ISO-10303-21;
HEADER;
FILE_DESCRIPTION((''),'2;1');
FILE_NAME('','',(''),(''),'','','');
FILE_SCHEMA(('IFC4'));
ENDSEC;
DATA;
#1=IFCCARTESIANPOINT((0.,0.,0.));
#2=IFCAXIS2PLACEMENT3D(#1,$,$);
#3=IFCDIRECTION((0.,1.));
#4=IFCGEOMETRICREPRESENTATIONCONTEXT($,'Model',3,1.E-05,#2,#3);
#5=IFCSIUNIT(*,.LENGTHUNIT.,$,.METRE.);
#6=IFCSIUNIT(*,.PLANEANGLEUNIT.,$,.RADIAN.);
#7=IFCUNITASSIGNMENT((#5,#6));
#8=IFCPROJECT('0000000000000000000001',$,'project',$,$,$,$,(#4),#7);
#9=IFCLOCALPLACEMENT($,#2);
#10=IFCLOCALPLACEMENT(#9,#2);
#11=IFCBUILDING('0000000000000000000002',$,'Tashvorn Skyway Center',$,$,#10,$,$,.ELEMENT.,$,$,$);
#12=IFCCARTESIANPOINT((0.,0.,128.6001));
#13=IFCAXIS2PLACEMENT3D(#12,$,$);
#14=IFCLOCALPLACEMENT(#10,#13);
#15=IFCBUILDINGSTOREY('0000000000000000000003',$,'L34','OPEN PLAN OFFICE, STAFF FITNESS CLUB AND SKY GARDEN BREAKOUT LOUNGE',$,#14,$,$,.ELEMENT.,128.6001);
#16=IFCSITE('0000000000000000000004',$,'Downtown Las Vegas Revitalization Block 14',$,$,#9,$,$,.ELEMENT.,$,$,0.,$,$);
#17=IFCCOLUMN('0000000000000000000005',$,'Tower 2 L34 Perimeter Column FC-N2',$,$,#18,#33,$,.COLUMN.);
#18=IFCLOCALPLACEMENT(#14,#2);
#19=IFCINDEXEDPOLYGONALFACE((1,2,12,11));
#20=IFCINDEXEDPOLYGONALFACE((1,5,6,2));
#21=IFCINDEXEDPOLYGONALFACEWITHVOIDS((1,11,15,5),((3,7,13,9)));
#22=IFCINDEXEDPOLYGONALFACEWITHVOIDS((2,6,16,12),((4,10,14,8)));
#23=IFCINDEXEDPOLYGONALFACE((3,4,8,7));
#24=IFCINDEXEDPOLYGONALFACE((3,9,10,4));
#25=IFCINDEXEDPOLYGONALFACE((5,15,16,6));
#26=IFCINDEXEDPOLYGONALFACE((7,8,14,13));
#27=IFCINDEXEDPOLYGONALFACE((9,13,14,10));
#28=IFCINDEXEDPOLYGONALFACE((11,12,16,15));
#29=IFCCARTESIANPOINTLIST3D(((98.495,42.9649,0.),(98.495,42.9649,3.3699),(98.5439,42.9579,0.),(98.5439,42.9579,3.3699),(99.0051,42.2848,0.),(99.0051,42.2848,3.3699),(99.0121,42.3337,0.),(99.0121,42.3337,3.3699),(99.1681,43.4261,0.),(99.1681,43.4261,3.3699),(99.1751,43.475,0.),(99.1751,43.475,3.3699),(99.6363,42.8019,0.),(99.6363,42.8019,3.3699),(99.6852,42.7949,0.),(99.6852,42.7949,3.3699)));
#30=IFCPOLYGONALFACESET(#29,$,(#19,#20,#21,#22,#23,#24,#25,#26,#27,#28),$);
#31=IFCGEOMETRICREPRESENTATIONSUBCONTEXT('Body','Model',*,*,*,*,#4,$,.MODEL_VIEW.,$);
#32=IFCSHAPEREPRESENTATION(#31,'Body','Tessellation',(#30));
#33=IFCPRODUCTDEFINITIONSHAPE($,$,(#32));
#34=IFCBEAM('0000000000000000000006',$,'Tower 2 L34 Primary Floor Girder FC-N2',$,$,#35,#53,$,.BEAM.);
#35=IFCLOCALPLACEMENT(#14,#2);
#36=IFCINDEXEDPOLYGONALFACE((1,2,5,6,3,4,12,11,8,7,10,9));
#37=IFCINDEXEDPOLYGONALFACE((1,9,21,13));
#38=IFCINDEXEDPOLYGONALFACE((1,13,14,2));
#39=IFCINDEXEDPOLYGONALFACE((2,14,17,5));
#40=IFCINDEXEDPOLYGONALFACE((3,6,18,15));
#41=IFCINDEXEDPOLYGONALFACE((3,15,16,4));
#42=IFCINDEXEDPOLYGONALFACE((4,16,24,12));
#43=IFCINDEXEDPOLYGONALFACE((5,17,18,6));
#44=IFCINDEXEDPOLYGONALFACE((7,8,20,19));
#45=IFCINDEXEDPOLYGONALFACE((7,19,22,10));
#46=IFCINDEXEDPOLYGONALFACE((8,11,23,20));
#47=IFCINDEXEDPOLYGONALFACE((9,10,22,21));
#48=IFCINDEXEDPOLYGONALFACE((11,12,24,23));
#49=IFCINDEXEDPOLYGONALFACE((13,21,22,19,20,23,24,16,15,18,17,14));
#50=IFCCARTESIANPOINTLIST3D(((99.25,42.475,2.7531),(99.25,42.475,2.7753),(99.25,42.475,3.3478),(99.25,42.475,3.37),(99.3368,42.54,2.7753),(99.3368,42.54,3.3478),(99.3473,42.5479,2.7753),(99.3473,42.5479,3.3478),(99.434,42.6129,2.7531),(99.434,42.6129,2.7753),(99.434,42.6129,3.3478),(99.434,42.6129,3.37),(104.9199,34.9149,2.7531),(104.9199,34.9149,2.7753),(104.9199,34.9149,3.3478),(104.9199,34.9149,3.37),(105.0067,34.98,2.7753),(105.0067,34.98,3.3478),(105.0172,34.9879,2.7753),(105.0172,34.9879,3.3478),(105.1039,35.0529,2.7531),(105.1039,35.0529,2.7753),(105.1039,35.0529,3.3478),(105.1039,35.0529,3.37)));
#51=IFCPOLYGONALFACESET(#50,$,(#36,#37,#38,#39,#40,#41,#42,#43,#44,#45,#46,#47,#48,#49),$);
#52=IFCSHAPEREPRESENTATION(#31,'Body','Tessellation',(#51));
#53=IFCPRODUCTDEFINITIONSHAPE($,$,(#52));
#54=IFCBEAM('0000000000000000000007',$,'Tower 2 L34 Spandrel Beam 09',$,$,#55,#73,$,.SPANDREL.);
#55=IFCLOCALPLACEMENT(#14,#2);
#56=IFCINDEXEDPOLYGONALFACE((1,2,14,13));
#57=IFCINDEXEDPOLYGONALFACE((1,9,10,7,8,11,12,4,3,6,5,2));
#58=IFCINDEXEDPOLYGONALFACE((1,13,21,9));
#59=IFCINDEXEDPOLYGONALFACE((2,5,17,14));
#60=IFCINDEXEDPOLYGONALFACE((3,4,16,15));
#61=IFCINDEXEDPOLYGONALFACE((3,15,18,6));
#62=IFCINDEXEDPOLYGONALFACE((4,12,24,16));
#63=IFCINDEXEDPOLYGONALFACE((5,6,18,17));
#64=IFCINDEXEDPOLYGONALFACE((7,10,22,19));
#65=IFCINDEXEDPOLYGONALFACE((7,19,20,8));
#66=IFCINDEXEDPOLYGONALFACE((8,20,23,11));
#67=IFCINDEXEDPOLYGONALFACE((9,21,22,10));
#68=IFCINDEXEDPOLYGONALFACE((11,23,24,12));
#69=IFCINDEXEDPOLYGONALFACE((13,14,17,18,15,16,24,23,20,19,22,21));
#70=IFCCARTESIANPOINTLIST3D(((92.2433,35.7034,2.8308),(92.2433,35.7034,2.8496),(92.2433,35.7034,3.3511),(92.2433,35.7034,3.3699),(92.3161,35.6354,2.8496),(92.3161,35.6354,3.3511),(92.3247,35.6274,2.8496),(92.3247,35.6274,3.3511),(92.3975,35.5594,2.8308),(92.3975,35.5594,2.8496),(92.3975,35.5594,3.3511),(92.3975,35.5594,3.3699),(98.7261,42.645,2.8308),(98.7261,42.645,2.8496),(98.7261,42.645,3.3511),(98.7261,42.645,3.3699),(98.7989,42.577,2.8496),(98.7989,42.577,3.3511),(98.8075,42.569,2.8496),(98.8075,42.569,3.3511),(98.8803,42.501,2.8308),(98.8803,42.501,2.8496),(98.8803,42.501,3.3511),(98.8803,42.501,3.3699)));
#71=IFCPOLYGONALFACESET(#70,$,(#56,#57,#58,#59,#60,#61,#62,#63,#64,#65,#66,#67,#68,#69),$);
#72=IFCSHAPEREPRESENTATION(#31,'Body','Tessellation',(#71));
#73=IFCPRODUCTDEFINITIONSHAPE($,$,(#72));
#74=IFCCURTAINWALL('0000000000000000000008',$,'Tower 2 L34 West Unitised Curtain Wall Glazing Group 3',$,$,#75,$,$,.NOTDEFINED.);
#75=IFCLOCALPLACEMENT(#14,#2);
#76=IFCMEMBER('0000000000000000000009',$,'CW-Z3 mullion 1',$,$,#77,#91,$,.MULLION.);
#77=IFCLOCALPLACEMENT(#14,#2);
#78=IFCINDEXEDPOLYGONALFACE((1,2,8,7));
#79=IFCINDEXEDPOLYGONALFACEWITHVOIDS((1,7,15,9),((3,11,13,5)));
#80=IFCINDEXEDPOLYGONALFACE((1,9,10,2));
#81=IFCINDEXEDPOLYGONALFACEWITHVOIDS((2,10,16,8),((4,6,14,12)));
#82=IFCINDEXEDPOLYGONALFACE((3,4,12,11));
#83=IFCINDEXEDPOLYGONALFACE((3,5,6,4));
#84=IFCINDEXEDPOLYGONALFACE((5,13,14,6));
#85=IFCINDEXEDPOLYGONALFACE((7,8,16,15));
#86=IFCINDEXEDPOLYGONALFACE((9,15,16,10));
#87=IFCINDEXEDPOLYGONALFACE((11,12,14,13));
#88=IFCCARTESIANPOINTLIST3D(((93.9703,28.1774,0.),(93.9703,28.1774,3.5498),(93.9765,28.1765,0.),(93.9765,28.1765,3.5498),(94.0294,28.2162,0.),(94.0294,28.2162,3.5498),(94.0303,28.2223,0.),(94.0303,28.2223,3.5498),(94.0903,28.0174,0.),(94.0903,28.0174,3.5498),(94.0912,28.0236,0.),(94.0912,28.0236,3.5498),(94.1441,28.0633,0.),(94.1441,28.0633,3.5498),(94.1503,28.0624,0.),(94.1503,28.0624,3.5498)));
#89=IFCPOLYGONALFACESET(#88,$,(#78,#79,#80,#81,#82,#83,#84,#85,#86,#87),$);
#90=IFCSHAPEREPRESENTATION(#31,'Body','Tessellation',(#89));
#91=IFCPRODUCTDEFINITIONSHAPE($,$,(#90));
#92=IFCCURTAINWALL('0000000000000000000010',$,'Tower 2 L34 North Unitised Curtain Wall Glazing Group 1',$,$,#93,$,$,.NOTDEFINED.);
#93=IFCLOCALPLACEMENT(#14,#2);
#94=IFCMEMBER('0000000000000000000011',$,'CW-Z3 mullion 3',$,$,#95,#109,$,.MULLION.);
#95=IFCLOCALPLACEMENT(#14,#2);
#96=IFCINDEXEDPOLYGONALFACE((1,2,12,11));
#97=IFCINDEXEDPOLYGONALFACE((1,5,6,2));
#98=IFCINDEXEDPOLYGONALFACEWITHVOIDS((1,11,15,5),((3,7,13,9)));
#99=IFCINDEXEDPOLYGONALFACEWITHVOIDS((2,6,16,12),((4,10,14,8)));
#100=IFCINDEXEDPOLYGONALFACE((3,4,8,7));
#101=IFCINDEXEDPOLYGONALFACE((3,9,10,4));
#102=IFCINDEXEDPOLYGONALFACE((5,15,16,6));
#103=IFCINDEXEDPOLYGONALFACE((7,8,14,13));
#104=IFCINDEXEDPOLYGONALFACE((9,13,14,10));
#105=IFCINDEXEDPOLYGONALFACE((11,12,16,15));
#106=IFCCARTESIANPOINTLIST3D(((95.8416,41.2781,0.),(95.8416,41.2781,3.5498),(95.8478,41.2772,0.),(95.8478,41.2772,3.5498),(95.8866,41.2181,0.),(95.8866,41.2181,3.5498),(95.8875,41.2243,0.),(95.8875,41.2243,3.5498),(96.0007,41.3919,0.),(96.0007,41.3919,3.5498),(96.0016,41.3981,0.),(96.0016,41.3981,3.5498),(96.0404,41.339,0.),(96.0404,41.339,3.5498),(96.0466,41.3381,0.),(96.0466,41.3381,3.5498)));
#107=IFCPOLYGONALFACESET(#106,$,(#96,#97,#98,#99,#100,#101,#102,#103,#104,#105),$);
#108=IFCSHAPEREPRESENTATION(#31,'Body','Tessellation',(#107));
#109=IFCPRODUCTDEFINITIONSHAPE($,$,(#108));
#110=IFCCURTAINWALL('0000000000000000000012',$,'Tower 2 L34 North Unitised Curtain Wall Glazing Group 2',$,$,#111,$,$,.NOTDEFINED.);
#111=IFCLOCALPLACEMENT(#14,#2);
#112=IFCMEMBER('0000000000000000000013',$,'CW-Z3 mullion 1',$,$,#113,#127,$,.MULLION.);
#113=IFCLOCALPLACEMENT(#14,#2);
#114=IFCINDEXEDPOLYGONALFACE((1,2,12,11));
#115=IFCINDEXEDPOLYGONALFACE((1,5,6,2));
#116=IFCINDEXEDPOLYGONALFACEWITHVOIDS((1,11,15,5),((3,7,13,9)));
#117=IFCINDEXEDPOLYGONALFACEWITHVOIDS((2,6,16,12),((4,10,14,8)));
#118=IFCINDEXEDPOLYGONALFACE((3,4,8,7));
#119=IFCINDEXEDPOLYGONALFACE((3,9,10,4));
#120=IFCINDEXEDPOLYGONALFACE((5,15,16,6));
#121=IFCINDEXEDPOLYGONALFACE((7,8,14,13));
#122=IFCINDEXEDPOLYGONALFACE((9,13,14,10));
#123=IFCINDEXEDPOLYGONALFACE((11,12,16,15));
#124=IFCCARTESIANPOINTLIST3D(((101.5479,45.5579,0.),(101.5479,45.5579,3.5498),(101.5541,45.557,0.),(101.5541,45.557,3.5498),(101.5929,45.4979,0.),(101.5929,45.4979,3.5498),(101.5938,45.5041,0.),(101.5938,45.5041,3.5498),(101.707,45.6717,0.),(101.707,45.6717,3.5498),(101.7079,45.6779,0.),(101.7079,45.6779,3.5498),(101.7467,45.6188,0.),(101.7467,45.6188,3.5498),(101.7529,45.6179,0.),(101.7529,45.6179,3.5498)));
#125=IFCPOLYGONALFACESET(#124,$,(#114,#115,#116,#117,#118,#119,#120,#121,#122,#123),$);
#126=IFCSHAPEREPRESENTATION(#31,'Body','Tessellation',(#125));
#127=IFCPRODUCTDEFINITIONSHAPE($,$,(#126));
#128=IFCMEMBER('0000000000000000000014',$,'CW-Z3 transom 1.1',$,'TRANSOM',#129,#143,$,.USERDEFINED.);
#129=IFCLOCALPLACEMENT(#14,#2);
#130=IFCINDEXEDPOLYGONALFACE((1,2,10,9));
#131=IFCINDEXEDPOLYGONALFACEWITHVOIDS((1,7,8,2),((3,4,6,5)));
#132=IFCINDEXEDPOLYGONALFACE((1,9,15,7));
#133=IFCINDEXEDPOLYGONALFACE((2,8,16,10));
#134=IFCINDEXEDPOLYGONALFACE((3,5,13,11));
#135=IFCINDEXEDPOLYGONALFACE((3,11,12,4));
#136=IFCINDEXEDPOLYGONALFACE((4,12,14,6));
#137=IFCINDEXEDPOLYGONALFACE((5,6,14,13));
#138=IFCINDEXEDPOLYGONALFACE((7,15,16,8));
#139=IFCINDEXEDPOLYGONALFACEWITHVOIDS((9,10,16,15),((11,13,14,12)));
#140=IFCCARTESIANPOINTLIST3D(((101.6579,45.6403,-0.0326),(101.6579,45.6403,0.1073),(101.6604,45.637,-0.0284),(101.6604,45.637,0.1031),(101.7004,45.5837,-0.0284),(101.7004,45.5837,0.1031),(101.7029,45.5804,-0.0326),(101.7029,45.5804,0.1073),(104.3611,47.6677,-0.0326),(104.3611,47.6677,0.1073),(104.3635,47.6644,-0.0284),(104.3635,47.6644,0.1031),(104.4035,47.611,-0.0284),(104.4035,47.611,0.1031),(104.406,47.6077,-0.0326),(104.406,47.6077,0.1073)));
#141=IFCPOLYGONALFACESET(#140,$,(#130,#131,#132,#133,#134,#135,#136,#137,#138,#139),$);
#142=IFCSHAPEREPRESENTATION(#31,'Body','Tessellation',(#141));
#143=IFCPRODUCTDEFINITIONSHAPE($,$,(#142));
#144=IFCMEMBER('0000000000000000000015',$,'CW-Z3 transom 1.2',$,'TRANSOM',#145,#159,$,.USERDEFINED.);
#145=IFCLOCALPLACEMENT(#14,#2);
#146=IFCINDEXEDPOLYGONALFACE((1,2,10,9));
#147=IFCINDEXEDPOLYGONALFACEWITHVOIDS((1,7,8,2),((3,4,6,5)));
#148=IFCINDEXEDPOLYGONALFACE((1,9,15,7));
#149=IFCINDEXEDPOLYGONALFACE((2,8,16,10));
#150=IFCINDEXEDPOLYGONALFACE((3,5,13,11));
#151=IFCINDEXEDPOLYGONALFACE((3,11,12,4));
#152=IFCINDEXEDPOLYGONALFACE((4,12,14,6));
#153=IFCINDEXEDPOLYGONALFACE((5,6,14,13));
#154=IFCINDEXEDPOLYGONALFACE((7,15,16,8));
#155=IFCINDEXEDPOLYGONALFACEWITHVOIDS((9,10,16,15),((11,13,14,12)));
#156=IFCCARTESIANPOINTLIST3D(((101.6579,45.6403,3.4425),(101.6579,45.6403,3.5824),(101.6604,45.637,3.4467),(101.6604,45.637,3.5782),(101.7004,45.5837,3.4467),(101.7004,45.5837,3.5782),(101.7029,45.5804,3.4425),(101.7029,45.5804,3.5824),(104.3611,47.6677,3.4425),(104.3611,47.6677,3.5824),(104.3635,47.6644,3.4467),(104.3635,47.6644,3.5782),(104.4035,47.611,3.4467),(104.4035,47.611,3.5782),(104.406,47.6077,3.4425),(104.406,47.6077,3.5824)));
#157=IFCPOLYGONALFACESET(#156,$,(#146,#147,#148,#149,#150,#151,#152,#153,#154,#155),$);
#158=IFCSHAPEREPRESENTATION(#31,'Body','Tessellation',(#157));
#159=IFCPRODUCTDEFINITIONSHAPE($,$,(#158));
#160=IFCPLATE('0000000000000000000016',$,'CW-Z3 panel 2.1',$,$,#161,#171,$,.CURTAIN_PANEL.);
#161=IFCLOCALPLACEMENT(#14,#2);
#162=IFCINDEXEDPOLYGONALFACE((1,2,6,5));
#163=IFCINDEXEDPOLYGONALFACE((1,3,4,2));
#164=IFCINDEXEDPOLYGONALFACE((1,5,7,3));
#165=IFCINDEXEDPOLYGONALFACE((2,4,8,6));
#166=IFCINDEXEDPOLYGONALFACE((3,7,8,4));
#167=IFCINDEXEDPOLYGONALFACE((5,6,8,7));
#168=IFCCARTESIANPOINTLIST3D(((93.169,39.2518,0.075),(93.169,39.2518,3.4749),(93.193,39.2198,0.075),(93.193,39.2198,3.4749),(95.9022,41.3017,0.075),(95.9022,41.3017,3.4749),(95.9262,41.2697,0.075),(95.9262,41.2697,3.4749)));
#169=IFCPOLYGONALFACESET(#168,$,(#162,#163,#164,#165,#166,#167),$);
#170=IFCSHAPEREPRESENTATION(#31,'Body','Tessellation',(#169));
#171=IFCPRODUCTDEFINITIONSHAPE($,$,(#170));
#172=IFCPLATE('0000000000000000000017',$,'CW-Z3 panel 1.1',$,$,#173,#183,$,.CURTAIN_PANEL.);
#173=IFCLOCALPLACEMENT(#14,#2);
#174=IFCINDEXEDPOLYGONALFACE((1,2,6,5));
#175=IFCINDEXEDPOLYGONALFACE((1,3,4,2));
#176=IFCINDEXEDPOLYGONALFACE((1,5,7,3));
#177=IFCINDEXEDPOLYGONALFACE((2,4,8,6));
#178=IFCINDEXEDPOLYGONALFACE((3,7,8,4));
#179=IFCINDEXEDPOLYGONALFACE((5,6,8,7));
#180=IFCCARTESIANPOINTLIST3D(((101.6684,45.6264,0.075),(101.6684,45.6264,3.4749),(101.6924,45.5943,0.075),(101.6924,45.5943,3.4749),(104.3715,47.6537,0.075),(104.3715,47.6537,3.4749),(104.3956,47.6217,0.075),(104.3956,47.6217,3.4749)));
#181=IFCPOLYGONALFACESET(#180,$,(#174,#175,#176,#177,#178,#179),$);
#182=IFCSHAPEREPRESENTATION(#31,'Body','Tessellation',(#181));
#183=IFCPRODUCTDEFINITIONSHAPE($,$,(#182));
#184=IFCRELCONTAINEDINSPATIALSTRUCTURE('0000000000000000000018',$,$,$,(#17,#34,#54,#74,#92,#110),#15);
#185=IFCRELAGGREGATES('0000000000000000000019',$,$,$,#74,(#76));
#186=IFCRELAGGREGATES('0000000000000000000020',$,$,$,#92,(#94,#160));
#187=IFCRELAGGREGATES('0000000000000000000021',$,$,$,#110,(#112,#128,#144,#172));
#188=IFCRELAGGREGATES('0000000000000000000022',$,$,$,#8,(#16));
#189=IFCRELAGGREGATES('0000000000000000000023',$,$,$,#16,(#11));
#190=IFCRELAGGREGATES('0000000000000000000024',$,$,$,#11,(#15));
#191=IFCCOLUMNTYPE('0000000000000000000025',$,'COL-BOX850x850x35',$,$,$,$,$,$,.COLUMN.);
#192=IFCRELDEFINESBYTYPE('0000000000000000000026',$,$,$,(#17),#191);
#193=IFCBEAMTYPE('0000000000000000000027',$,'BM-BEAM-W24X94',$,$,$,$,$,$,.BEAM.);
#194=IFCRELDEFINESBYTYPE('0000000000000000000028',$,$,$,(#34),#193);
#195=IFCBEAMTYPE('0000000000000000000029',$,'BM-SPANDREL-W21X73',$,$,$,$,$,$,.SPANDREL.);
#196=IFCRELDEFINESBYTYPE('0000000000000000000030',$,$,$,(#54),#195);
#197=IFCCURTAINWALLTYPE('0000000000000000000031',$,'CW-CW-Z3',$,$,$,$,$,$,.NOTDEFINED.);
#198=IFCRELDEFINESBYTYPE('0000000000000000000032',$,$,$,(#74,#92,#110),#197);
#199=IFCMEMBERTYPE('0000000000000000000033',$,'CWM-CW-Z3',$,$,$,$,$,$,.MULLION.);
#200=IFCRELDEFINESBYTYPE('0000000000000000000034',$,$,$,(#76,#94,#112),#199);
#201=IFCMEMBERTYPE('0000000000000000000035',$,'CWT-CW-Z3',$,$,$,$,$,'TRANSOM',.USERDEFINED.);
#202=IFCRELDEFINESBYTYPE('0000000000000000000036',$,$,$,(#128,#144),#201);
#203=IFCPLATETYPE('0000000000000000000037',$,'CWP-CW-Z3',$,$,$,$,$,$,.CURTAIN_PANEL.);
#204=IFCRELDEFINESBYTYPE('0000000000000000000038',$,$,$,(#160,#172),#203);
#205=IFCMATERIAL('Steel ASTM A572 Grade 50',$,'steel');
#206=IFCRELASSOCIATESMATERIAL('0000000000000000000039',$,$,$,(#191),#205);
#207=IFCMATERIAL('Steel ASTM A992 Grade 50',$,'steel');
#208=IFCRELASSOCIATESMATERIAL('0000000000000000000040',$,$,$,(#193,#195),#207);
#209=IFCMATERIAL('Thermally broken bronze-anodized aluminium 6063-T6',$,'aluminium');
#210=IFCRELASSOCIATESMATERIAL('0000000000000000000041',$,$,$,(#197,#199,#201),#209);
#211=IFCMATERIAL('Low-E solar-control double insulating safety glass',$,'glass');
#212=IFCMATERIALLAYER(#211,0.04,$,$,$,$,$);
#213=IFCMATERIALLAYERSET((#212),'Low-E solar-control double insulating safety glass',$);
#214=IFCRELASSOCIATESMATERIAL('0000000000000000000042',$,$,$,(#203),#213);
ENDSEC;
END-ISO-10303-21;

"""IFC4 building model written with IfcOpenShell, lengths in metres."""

from ifc_helpers import new_model, si_unit, direction, frame, origin, origin_2d, place, context, subcontext, project, spatial, rectangle, hollow_rectangle, i_section, extrude, material, layer, layer_set, material_profile, profile_set, type_object, element, aggregate, save


model = new_model("IFC4")

# Units and contexts
model_context = context("Model", 3, precision=1e-05, world=origin(), true_north=direction((0.0, 1.0)))
body_context = subcontext(model_context, "Body", "Model", "MODEL_VIEW")
ifc_project = project(units=[si_unit("LENGTHUNIT", "METRE"), si_unit("PLANEANGLEUNIT", "RADIAN")], contexts=[model_context])

# Site, building, storey
site_placement = place(None, origin())
site = spatial("IfcSite", under=ifc_project, at=site_placement, Name="Downtown Las Vegas Revitalization Block 14", CompositionType="ELEMENT", RefElevation=0.0)
building_placement = place(site_placement, origin())
building = spatial("IfcBuilding", under=site, at=building_placement, Name="Tashvorn Skyway Center", CompositionType="ELEMENT")
storey_placement = place(building_placement, frame((0.0, 0.0, 128.6001)))
storey = spatial("IfcBuildingStorey", under=building, at=storey_placement, Name="L34", Description="OPEN PLAN OFFICE, STAFF FITNESS CLUB AND SKY GARDEN BREAKOUT LOUNGE", CompositionType="ELEMENT", Elevation=128.6001)

# Column
ifc_material_1 = material(Name="Steel ASTM A572 Grade 50", Category="steel")
ifc_material_profile_1 = material_profile(ifc_material_1, hollow_rectangle(XDim=0.8501, YDim=0.8501, WallThickness=0.0349, at=origin_2d()), Name="BOX850x850x35")
ifc_profile_set_1 = profile_set([ifc_material_profile_1], Name="Steel ASTM A572 Grade 50")
column_type = type_object("IfcColumnType", Name="COL-BOX850x850x35", PredefinedType="COLUMN", material=ifc_profile_set_1)
column_placement = place(storey_placement, frame((99.0901, 42.8799, 0.0), z_axis=(0.0, 0.0, 1.0), x_axis=(0.8, 0.6, 0.0)))
element("IfcColumn", 1, at=column_placement, inside=storey, type_object=column_type, Name="Tower 2 L34 Perimeter Column FC-N2", PredefinedType="COLUMN", context=body_context, shape_type="SweptSolid", body=[
    extrude(hollow_rectangle(XDim=0.8501, YDim=0.8501, WallThickness=0.0349, at=origin_2d()), origin(), (0.0, 0.0, 1.0), 3.3699),
])

# Beams
ifc_material_2 = material(Name="Steel ASTM A992 Grade 50", Category="steel")
ifc_material_profile_2 = material_profile(ifc_material_2, i_section(OverallWidth=0.23, OverallDepth=0.6169, WebThickness=0.0132, FlangeThickness=0.0222, at=origin_2d()), Name="W24X94")
ifc_profile_set_2 = profile_set([ifc_material_profile_2], Name="Steel ASTM A992 Grade 50")
beam_type_1 = type_object("IfcBeamType", Name="BM-BEAM-W24X94", PredefinedType="BEAM", material=ifc_profile_set_2)
beam_1_placement = place(storey_placement, frame((99.342, 42.5439, 3.0615), z_axis=(0.599992, -0.800006, 0.0), x_axis=(0.800006, 0.599992, 0.0)))
element("IfcBeam", 2, at=beam_1_placement, inside=storey, type_object=beam_type_1, Name="Tower 2 L34 Primary Floor Girder FC-N2", PredefinedType="BEAM", context=body_context, shape_type="SweptSolid", body=[
    extrude(i_section(OverallWidth=0.23, OverallDepth=0.6169, WebThickness=0.0132, FlangeThickness=0.0222, at=origin_2d()), origin(), (0.0, 0.0, 1.0), 9.45),
])
ifc_material_profile_3 = material_profile(ifc_material_2, i_section(OverallWidth=0.2109, OverallDepth=0.5391, WebThickness=0.0117, FlangeThickness=0.0188, at=origin_2d()), Name="W21X73")
ifc_profile_set_3 = profile_set([ifc_material_profile_3], Name="Steel ASTM A992 Grade 50")
beam_type_2 = type_object("IfcBeamType", Name="BM-SPANDREL-W21X73", PredefinedType="SPANDREL", material=ifc_profile_set_3)
beam_2_placement = place(storey_placement, frame((98.8032, 42.573, 3.1003), z_axis=(-0.682545, -0.730843, 0.0), x_axis=(0.730843, -0.682545, 0.0)))
element("IfcBeam", 3, at=beam_2_placement, inside=storey, type_object=beam_type_2, Name="Tower 2 L34 Spandrel Beam 09", PredefinedType="SPANDREL", context=body_context, shape_type="SweptSolid", body=[
    extrude(i_section(OverallWidth=0.2109, OverallDepth=0.5391, WebThickness=0.0117, FlangeThickness=0.0188, at=origin_2d()), origin(), (0.0, 0.0, 1.0), 9.498),
])

# Curtain walls, members
ifc_material_3 = material(Name="Thermally broken bronze-anodized aluminium 6063-T6", Category="aluminium")
curtain_wall_type = type_object("IfcCurtainWallType", Name="CW-CW-Z3", PredefinedType="NOTDEFINED", material=ifc_material_3)
curtain_wall_1_placement = place(storey_placement, origin())
curtain_wall_1 = element("IfcCurtainWall", 4, at=curtain_wall_1_placement, inside=storey, type_object=curtain_wall_type, Name="Tower 2 L34 West Unitised Curtain Wall Glazing Group 3", PredefinedType="NOTDEFINED")
ifc_material_profile_4 = material_profile(ifc_material_3, hollow_rectangle(XDim=0.075, YDim=0.2, WallThickness=0.0044, at=origin_2d()), Name="ALU-MULL-75x200")
ifc_profile_set_4 = profile_set([ifc_material_profile_4], Name="Thermally broken bronze-anodized aluminium 6063-T6")
member_type_1 = type_object("IfcMemberType", Name="CWM-CW-Z3", PredefinedType="MULLION", material=ifc_profile_set_4)
member_1_placement = place(storey_placement, frame((94.0603, 28.1199, 0.0), z_axis=(0.0, 0.0, 1.0), x_axis=(-0.799997, -0.600005, 0.0)))
member_1 = element("IfcMember", 5, at=member_1_placement, type_object=member_type_1, Name="CW-Z3 mullion 1", PredefinedType="MULLION", context=body_context, shape_type="SweptSolid", body=[
    extrude(hollow_rectangle(XDim=0.075, YDim=0.2, WallThickness=0.0044, at=origin_2d()), origin(), (0.0, 0.0, 1.0), 3.5498),
])
aggregate(curtain_wall_1, [member_1])
curtain_wall_2_placement = place(storey_placement, origin())
curtain_wall_2 = element("IfcCurtainWall", 6, at=curtain_wall_2_placement, inside=storey, type_object=curtain_wall_type, Name="Tower 2 L34 North Unitised Curtain Wall Glazing Group 1", PredefinedType="NOTDEFINED")
member_2_placement = place(storey_placement, frame((95.9441, 41.3081, 0.0), z_axis=(0.0, 0.0, 1.0), x_axis=(-0.600005, 0.799997, 0.0)))
member_2 = element("IfcMember", 7, at=member_2_placement, type_object=member_type_1, Name="CW-Z3 mullion 3", PredefinedType="MULLION", context=body_context, shape_type="SweptSolid", body=[
    extrude(hollow_rectangle(XDim=0.075, YDim=0.2, WallThickness=0.0044, at=origin_2d()), origin(), (0.0, 0.0, 1.0), 3.5498),
])

# Curtain wall, members
curtain_wall_3_placement = place(storey_placement, origin())
curtain_wall_3 = element("IfcCurtainWall", 8, at=curtain_wall_3_placement, inside=storey, type_object=curtain_wall_type, Name="Tower 2 L34 North Unitised Curtain Wall Glazing Group 2", PredefinedType="NOTDEFINED")
member_3_placement = place(storey_placement, frame((101.6504, 45.5879, 0.0), z_axis=(0.0, 0.0, 1.0), x_axis=(-0.6, 0.8, 0.0)))
member_3 = element("IfcMember", 9, at=member_3_placement, type_object=member_type_1, Name="CW-Z3 mullion 1", PredefinedType="MULLION", context=body_context, shape_type="SweptSolid", body=[
    extrude(hollow_rectangle(XDim=0.075, YDim=0.2, WallThickness=0.0044, at=origin_2d()), origin(), (0.0, 0.0, 1.0), 3.5498),
])
ifc_material_profile_5 = material_profile(ifc_material_3, hollow_rectangle(XDim=0.075, YDim=0.1399, WallThickness=0.0042, at=origin_2d()), Name="ALU-TRAN-75x140")
ifc_profile_set_5 = profile_set([ifc_material_profile_5], Name="Thermally broken bronze-anodized aluminium 6063-T6")
member_type_2 = type_object("IfcMemberType", Name="CWT-CW-Z3", ElementType="TRANSOM", PredefinedType="USERDEFINED", material=ifc_profile_set_5)
member_4_placement = place(storey_placement, frame((101.6804, 45.6104, 0.0374), z_axis=(0.8, 0.6, 0.0), x_axis=(-0.6, 0.8, 0.0)))
member_4 = element("IfcMember", 10, at=member_4_placement, type_object=member_type_2, Name="CW-Z3 transom 1.1", ObjectType="TRANSOM", PredefinedType="USERDEFINED", context=body_context, shape_type="SweptSolid", body=[
    extrude(hollow_rectangle(XDim=0.075, YDim=0.1399, WallThickness=0.0042, at=origin_2d()), origin(), (0.0, 0.0, 1.0), 3.3789),
])
member_5_placement = place(storey_placement, frame((101.6804, 45.6104, 3.5125), z_axis=(0.8, 0.6, 0.0), x_axis=(-0.6, 0.8, 0.0)))
member_5 = element("IfcMember", 11, at=member_5_placement, type_object=member_type_2, Name="CW-Z3 transom 1.2", ObjectType="TRANSOM", PredefinedType="USERDEFINED", context=body_context, shape_type="SweptSolid", body=[
    extrude(hollow_rectangle(XDim=0.075, YDim=0.1399, WallThickness=0.0042, at=origin_2d()), origin(), (0.0, 0.0, 1.0), 3.3789),
])

# Plates
ifc_material_4 = material(Name="Low-E solar-control double insulating safety glass", Category="glass")
ifc_layer_1 = layer(ifc_material_4, 0.04)
ifc_layer_set_1 = layer_set([ifc_layer_1], Name="Low-E solar-control double insulating safety glass")
plate_type = type_object("IfcPlateType", Name="CWP-CW-Z3", PredefinedType="CURTAIN_PANEL", material=ifc_layer_set_1)
plate_1_placement = place(storey_placement, frame((94.5476, 40.2607, 0.075), z_axis=(0.0, 0.0, 1.0), x_axis=(0.799997, 0.600005, 0.0)))
plate_1 = element("IfcPlate", 12, at=plate_1_placement, type_object=plate_type, Name="CW-Z3 panel 2.1", PredefinedType="CURTAIN_PANEL", context=body_context, shape_type="SweptSolid", body=[
    extrude(rectangle(XDim=3.4165, YDim=0.04, at=origin_2d()), origin(), (0.0, 0.0, 1.0), 3.3999),
])
aggregate(curtain_wall_2, [member_2, plate_1])
plate_2_placement = place(storey_placement, frame((103.032, 46.624, 0.075), z_axis=(0.0, 0.0, 1.0), x_axis=(0.8, 0.6, 0.0)))
plate_2 = element("IfcPlate", 13, at=plate_2_placement, type_object=plate_type, Name="CW-Z3 panel 1.1", PredefinedType="CURTAIN_PANEL", context=body_context, shape_type="SweptSolid", body=[
    extrude(rectangle(XDim=3.3789, YDim=0.04, at=origin_2d()), origin(), (0.0, 0.0, 1.0), 3.3999),
])
aggregate(curtain_wall_3, [member_3, member_4, member_5, plate_2])

save(model, "model.ifc")
